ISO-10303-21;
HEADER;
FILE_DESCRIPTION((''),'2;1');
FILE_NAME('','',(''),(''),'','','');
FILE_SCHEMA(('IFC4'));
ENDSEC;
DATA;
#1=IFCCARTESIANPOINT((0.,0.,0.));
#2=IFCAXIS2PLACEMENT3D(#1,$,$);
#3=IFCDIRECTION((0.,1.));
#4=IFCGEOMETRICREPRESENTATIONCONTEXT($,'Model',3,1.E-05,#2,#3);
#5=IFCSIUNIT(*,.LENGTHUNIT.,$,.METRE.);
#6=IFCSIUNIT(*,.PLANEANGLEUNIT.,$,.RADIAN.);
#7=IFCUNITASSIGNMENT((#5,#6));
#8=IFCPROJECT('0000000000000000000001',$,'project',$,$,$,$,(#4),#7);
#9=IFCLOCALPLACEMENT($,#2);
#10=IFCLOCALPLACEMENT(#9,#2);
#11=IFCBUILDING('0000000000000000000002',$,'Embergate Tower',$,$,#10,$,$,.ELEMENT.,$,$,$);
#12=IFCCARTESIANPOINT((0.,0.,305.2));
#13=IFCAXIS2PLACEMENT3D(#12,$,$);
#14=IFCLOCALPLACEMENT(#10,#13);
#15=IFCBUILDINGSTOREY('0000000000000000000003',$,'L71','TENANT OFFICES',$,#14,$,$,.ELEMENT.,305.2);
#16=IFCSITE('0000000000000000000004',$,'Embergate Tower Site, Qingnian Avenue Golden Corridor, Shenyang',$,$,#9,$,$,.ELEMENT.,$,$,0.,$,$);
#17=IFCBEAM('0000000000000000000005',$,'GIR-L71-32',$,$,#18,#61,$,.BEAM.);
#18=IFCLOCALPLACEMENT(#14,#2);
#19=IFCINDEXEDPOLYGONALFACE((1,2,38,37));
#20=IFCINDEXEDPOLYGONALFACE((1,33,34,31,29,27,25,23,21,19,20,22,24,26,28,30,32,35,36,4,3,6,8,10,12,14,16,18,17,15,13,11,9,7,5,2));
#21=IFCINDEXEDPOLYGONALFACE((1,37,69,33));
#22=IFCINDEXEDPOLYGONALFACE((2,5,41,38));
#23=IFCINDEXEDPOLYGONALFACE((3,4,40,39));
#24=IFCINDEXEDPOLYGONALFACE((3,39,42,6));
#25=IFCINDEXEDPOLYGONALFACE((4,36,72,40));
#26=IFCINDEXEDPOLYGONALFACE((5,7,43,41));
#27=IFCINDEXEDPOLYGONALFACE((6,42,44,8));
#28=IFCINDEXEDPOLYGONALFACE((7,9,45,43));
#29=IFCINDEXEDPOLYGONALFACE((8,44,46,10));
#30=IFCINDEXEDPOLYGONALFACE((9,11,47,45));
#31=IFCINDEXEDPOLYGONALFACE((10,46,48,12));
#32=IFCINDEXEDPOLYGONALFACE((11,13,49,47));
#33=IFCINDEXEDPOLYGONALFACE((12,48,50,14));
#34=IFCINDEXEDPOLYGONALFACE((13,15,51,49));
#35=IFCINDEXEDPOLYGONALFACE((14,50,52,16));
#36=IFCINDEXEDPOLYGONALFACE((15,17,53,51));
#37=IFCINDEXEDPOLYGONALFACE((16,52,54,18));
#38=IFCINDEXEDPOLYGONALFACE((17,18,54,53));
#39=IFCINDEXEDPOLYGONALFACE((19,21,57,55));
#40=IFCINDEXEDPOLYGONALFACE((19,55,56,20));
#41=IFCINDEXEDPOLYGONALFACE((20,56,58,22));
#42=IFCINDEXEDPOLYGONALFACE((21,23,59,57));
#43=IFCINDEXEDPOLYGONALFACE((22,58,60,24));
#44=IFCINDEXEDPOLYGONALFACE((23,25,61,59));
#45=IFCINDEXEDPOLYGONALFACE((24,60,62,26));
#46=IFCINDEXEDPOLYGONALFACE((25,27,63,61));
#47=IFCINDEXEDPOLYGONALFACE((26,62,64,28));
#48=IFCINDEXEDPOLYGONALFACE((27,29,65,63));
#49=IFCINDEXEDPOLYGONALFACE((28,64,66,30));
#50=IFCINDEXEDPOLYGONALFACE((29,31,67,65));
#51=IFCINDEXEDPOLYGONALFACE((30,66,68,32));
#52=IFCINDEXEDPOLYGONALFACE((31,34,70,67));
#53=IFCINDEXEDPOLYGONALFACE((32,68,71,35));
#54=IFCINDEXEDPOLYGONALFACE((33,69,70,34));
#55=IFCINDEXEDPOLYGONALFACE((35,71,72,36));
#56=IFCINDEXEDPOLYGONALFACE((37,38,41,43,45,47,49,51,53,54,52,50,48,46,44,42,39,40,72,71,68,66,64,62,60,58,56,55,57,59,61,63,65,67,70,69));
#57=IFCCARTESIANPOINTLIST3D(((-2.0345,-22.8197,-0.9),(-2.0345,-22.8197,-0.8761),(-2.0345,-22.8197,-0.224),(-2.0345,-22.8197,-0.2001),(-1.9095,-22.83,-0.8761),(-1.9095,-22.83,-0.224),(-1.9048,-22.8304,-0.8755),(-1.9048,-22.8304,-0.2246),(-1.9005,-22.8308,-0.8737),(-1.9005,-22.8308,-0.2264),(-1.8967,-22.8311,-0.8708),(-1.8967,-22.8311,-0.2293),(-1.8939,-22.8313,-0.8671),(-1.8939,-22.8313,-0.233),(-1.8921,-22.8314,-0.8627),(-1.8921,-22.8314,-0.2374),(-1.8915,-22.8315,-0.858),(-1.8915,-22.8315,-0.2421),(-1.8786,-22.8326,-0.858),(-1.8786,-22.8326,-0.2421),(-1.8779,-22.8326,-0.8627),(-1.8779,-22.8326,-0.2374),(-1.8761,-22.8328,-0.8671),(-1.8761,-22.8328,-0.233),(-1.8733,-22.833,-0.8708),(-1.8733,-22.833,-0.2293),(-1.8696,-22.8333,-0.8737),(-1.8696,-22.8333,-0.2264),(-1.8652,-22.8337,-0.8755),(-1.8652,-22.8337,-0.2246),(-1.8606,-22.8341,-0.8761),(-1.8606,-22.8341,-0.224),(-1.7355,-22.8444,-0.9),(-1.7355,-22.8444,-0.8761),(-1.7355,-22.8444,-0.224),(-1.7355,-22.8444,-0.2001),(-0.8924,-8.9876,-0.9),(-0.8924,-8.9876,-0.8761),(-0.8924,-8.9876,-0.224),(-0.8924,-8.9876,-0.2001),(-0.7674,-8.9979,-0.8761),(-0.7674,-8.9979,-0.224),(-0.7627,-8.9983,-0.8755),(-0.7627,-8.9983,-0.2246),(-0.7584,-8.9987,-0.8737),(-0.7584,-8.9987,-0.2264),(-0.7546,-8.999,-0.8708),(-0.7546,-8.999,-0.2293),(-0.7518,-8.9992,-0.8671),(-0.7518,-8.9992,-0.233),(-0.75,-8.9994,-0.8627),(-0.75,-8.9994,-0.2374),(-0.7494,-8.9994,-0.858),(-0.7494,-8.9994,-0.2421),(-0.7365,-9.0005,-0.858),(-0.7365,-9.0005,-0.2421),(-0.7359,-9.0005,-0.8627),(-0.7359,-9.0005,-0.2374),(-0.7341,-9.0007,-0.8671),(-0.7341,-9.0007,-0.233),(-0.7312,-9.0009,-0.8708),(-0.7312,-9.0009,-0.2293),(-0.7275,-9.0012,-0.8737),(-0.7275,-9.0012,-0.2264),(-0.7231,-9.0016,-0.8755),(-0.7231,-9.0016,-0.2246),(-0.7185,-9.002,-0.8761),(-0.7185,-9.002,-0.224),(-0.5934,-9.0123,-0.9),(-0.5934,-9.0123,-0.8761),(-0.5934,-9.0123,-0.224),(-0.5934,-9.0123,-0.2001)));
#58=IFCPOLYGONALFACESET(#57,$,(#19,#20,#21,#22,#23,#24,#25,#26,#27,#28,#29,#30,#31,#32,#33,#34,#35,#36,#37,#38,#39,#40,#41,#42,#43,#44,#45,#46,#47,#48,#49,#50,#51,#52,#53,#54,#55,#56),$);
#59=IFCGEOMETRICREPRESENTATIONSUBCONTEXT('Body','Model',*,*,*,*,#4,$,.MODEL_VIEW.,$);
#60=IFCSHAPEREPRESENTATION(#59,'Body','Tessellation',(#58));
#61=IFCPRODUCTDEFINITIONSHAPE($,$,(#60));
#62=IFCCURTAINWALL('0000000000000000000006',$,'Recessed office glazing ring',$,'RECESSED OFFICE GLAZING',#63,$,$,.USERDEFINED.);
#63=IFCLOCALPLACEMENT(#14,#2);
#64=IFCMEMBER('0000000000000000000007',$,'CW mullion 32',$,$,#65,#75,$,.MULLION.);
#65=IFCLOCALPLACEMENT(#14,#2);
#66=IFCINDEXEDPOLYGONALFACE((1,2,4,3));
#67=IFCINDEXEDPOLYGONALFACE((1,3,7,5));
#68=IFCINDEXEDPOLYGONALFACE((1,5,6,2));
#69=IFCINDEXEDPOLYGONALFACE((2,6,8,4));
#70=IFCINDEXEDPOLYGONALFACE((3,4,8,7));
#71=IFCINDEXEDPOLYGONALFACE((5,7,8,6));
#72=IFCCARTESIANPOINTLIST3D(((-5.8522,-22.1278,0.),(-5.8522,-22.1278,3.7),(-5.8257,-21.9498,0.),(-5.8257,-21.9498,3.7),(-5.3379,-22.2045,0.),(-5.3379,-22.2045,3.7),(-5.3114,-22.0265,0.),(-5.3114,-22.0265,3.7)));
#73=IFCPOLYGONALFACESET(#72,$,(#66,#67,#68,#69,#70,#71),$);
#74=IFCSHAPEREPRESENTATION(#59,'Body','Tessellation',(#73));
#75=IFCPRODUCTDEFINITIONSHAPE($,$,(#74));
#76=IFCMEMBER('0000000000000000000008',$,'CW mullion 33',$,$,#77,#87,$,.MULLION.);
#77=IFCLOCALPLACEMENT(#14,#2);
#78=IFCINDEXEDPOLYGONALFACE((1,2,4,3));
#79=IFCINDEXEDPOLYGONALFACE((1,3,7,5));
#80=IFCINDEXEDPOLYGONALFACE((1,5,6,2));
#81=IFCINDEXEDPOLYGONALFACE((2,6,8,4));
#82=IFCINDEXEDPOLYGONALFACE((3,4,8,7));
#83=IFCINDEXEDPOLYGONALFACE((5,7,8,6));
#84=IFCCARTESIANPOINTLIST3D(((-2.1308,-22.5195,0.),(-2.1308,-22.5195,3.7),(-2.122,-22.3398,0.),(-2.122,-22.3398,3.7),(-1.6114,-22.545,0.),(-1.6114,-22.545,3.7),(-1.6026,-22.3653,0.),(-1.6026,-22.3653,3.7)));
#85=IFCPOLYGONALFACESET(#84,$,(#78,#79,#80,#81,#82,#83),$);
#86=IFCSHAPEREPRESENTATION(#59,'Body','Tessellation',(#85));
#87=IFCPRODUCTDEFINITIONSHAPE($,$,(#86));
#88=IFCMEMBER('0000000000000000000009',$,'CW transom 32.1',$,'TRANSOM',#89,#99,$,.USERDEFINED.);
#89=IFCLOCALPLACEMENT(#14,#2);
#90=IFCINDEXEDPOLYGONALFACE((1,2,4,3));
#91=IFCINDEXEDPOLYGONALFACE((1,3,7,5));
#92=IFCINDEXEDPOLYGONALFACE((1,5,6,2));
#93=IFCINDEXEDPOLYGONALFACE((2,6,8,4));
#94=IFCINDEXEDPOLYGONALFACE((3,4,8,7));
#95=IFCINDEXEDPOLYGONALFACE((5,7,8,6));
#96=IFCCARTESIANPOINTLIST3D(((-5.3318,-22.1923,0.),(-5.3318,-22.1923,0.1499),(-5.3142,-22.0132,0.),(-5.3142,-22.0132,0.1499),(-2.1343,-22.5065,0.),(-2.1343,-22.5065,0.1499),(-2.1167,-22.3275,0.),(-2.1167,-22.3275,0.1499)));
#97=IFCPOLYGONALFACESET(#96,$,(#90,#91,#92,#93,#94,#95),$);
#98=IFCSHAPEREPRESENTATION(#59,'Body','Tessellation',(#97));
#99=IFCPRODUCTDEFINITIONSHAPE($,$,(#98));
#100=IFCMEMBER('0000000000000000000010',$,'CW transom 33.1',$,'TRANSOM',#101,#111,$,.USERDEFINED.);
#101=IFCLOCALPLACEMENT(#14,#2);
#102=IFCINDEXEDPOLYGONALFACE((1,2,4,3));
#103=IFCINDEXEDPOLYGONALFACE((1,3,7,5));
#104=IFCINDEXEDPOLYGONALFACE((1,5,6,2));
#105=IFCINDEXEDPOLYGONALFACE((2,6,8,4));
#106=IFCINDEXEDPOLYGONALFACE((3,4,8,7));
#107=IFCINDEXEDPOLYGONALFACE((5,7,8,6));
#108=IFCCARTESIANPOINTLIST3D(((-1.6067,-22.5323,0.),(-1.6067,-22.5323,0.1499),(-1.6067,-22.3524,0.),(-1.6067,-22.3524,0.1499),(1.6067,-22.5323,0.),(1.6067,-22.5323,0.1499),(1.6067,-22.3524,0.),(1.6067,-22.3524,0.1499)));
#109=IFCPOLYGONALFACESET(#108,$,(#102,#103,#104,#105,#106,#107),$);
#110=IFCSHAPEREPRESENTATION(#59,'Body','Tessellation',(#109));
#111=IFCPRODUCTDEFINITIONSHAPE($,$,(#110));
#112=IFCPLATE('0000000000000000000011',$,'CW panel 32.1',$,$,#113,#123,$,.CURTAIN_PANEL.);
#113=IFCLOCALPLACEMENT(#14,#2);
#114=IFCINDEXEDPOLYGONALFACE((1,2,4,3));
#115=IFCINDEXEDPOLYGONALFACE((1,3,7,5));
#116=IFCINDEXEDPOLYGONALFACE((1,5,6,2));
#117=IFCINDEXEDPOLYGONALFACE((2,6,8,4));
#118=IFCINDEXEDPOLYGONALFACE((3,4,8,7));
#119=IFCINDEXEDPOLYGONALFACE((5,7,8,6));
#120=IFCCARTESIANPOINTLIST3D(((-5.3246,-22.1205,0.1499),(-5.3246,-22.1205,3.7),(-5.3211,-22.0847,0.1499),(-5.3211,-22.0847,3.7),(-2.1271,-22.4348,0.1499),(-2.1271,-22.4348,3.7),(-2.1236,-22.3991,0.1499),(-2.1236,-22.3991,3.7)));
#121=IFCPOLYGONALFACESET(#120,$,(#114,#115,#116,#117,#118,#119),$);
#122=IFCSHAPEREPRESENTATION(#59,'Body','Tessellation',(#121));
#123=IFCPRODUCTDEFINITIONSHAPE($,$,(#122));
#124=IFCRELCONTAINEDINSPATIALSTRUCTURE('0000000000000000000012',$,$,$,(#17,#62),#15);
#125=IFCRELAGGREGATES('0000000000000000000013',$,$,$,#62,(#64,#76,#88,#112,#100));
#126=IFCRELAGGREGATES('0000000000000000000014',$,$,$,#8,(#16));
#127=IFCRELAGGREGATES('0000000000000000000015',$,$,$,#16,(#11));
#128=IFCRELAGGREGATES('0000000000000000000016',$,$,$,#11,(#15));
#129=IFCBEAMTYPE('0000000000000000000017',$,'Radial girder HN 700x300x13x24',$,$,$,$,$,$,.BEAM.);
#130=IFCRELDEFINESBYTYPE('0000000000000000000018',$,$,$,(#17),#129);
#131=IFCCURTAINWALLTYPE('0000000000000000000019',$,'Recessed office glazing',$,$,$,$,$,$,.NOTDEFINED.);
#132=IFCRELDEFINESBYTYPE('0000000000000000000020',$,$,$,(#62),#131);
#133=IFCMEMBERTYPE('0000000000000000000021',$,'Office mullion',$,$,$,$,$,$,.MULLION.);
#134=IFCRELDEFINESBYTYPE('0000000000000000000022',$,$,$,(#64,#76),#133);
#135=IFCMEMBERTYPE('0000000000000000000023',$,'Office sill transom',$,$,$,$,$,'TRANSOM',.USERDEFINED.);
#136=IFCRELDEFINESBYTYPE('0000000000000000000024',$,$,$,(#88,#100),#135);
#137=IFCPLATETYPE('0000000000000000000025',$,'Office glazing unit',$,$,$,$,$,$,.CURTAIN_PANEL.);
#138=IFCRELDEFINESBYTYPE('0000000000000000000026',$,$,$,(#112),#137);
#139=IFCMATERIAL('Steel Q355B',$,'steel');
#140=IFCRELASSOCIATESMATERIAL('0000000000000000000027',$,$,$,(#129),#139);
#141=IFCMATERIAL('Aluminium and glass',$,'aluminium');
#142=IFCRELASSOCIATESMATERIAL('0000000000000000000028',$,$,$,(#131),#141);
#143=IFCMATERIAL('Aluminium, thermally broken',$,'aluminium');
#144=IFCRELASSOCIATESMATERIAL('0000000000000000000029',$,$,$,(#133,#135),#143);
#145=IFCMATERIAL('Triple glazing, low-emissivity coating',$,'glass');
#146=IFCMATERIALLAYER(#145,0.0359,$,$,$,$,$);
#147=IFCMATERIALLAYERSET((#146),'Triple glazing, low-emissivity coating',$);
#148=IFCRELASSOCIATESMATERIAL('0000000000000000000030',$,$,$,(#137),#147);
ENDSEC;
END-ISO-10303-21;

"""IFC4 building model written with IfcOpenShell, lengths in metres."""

from ifc_helpers import new_model, si_unit, direction, frame, origin, origin_2d, place, context, subcontext, project, spatial, rectangle, i_section, extrude, source, transform, mapped, material, layer, layer_set, material_profile, profile_set, type_object, element, aggregate, save


model = new_model("IFC4")

# Units and contexts
model_context = context("Model", 3, precision=1e-05, world=origin(), true_north=direction((0.0, 1.0)))
body_context = subcontext(model_context, "Body", "Model", "MODEL_VIEW")
ifc_project = project(units=[si_unit("LENGTHUNIT", "METRE"), si_unit("PLANEANGLEUNIT", "RADIAN")], contexts=[model_context])

# Site, building, storey
site_placement = place(None, origin())
site = spatial("IfcSite", under=ifc_project, at=site_placement, Name="Embergate Tower Site, Qingnian Avenue Golden Corridor, Shenyang", CompositionType="ELEMENT", RefElevation=0.0)
building_placement = place(site_placement, origin())
building = spatial("IfcBuilding", under=site, at=building_placement, Name="Embergate Tower", CompositionType="ELEMENT")
storey_placement = place(building_placement, frame((0.0, 0.0, 305.2)))
storey = spatial("IfcBuildingStorey", under=building, at=storey_placement, Name="L71", Description="TENANT OFFICES", CompositionType="ELEMENT", Elevation=305.2)

# Beam
ifc_material_1 = material(Name="Steel Q355B", Category="steel")
ifc_material_profile_1 = material_profile(ifc_material_1, i_section(OverallWidth=0.3, OverallDepth=0.7, WebThickness=0.0129, FlangeThickness=0.0239, FilletRadius=0.0181, at=origin_2d()), Name="HN 700x300x13x24")
ifc_profile_set_1 = profile_set([ifc_material_profile_1], Name="Steel Q355 grade B")
beam_type_1 = type_object("IfcBeamType", Name="Radial girder HN 700x300x13x24", PredefinedType="BEAM", material=ifc_profile_set_1)
shared_shape_1 = source(origin(), body_context, "Body", "SweptSolid", [
    extrude(i_section(OverallWidth=0.3, OverallDepth=0.7, WebThickness=0.0129, FlangeThickness=0.0239, FilletRadius=0.0181, at=origin_2d()), origin(), (0.0, 0.0, 1.0), 13.8792),
])
beam_1_placement = place(storey_placement, frame((-1.885, -22.832, -0.55), z_axis=(0.082288, 0.996609, 0.0), x_axis=(-0.996609, 0.082288, 0.0)))
element("IfcBeam", 1, at=beam_1_placement, inside=storey, type_object=beam_type_1, Name="GIR-L71-32", PredefinedType="BEAM", context=body_context, shape_type="MappedRepresentation", body=[
    mapped(shared_shape_1, transform((0.0, 0.0, 0.0))),
])

# Curtain wall, members, plate
ifc_material_2 = material(Name="Aluminium and glass", Category="aluminium")
curtain_wall_type = type_object("IfcCurtainWallType", Name="Recessed office glazing", PredefinedType="NOTDEFINED", material=ifc_material_2)
curtain_wall_placement = place(storey_placement, origin())
curtain_wall = element("IfcCurtainWall", 2, at=curtain_wall_placement, inside=storey, type_object=curtain_wall_type, Name="Recessed office glazing ring", ObjectType="RECESSED OFFICE GLAZING", PredefinedType="USERDEFINED")
ifc_material_3 = material(Name="Aluminium, thermally broken", Category="aluminium")
ifc_material_profile_2 = material_profile(ifc_material_3, rectangle(XDim=0.1799, YDim=0.52, at=origin_2d()), Name="AL 520x180")
ifc_profile_set_2 = profile_set([ifc_material_profile_2], Name="Aluminium, thermally broken")
member_type_1 = type_object("IfcMemberType", Name="Office mullion", PredefinedType="MULLION", material=ifc_profile_set_2)
shared_shape_2 = source(origin(), body_context, "Body", "SweptSolid", [
    extrude(rectangle(XDim=0.1799, YDim=0.52, at=origin_2d()), origin(), (0.0, 0.0, 1.0), 3.7),
])
member_1_placement = place(storey_placement, frame((-5.5818, -22.0771, 0.0), z_axis=(0.0, 0.0, 1.0), x_axis=(0.147412, 0.989075, 0.0)))
member_1 = element("IfcMember", 3, at=member_1_placement, type_object=member_type_1, Name="CW mullion 32", PredefinedType="MULLION", context=body_context, shape_type="MappedRepresentation", body=[
    mapped(shared_shape_2, transform((0.0, 0.0, 0.0))),
])
member_2_placement = place(storey_placement, frame((-1.8667, -22.4424, 0.0), z_axis=(0.0, 0.0, 1.0), x_axis=(0.048972, 0.9988, 0.0)))
member_2 = element("IfcMember", 4, at=member_2_placement, type_object=member_type_1, Name="CW mullion 33", PredefinedType="MULLION", context=body_context, shape_type="MappedRepresentation", body=[
    mapped(shared_shape_2, transform((0.0, 0.0, 0.0))),
])
ifc_material_profile_3 = material_profile(ifc_material_3, rectangle(XDim=0.1799, YDim=0.1499, at=origin_2d()), Name="AL 150x180")
ifc_profile_set_3 = profile_set([ifc_material_profile_3], Name="Aluminium, thermally broken")
member_type_2 = type_object("IfcMemberType", Name="Office sill transom", ElementType="TRANSOM", PredefinedType="USERDEFINED", material=ifc_profile_set_3)
shared_shape_3 = source(origin(), body_context, "Body", "SweptSolid", [
    extrude(rectangle(XDim=0.1799, YDim=0.1499, at=origin_2d()), origin(), (0.0, 0.0, 1.0), 3.2129),
])
member_3_placement = place(storey_placement, frame((-5.323, -22.1028, 0.075), z_axis=(0.995207, -0.097796, 0.0), x_axis=(0.097796, 0.995207, 0.0)))
member_3 = element("IfcMember", 5, at=member_3_placement, type_object=member_type_2, Name="CW transom 32.1", ObjectType="TRANSOM", PredefinedType="USERDEFINED", context=body_context, shape_type="MappedRepresentation", body=[
    mapped(shared_shape_3, transform((0.0, 0.0, 0.0))),
])
shared_shape_4 = source(origin(), body_context, "Body", "SweptSolid", [
    extrude(rectangle(XDim=0.1799, YDim=0.1499, at=origin_2d()), origin(), (0.0, 0.0, 1.0), 3.2134),
])
member_4_placement = place(storey_placement, frame((-1.6067, -22.4424, 0.075), z_axis=(1.0, 0.0, 0.0), x_axis=(0.0, 1.0, 0.0)))
member_4 = element("IfcMember", 6, at=member_4_placement, type_object=member_type_2, Name="CW transom 33.1", ObjectType="TRANSOM", PredefinedType="USERDEFINED", context=body_context, shape_type="MappedRepresentation", body=[
    mapped(shared_shape_4, transform((0.0, 0.0, 0.0))),
])
ifc_material_4 = material(Name="Triple glazing, low-emissivity coating", Category="glass")
ifc_layer = layer(ifc_material_4, 0.0359)
ifc_layer_set = layer_set([ifc_layer], Name="Triple glazing, low-emissivity coating")
plate_type = type_object("IfcPlateType", Name="Office glazing unit", PredefinedType="CURTAIN_PANEL", material=ifc_layer_set)
shared_shape_5 = source(origin(), body_context, "Body", "SweptSolid", [
    extrude(rectangle(XDim=3.2129, YDim=0.0359, at=origin_2d()), origin(), (0.0, 0.0, 1.0), 3.55),
])
plate_placement = place(storey_placement, frame((-3.7241, -22.2598, 0.1499), z_axis=(0.0, 0.0, 1.0), x_axis=(0.995203, -0.097831, 0.0)))
plate = element("IfcPlate", 7, at=plate_placement, type_object=plate_type, Name="CW panel 32.1", PredefinedType="CURTAIN_PANEL", context=body_context, shape_type="MappedRepresentation", body=[
    mapped(shared_shape_5, transform((0.0, 0.0, 0.0))),
])
aggregate(curtain_wall, [member_1, member_2, member_3, plate, member_4])

save(model, "model.ifc")
